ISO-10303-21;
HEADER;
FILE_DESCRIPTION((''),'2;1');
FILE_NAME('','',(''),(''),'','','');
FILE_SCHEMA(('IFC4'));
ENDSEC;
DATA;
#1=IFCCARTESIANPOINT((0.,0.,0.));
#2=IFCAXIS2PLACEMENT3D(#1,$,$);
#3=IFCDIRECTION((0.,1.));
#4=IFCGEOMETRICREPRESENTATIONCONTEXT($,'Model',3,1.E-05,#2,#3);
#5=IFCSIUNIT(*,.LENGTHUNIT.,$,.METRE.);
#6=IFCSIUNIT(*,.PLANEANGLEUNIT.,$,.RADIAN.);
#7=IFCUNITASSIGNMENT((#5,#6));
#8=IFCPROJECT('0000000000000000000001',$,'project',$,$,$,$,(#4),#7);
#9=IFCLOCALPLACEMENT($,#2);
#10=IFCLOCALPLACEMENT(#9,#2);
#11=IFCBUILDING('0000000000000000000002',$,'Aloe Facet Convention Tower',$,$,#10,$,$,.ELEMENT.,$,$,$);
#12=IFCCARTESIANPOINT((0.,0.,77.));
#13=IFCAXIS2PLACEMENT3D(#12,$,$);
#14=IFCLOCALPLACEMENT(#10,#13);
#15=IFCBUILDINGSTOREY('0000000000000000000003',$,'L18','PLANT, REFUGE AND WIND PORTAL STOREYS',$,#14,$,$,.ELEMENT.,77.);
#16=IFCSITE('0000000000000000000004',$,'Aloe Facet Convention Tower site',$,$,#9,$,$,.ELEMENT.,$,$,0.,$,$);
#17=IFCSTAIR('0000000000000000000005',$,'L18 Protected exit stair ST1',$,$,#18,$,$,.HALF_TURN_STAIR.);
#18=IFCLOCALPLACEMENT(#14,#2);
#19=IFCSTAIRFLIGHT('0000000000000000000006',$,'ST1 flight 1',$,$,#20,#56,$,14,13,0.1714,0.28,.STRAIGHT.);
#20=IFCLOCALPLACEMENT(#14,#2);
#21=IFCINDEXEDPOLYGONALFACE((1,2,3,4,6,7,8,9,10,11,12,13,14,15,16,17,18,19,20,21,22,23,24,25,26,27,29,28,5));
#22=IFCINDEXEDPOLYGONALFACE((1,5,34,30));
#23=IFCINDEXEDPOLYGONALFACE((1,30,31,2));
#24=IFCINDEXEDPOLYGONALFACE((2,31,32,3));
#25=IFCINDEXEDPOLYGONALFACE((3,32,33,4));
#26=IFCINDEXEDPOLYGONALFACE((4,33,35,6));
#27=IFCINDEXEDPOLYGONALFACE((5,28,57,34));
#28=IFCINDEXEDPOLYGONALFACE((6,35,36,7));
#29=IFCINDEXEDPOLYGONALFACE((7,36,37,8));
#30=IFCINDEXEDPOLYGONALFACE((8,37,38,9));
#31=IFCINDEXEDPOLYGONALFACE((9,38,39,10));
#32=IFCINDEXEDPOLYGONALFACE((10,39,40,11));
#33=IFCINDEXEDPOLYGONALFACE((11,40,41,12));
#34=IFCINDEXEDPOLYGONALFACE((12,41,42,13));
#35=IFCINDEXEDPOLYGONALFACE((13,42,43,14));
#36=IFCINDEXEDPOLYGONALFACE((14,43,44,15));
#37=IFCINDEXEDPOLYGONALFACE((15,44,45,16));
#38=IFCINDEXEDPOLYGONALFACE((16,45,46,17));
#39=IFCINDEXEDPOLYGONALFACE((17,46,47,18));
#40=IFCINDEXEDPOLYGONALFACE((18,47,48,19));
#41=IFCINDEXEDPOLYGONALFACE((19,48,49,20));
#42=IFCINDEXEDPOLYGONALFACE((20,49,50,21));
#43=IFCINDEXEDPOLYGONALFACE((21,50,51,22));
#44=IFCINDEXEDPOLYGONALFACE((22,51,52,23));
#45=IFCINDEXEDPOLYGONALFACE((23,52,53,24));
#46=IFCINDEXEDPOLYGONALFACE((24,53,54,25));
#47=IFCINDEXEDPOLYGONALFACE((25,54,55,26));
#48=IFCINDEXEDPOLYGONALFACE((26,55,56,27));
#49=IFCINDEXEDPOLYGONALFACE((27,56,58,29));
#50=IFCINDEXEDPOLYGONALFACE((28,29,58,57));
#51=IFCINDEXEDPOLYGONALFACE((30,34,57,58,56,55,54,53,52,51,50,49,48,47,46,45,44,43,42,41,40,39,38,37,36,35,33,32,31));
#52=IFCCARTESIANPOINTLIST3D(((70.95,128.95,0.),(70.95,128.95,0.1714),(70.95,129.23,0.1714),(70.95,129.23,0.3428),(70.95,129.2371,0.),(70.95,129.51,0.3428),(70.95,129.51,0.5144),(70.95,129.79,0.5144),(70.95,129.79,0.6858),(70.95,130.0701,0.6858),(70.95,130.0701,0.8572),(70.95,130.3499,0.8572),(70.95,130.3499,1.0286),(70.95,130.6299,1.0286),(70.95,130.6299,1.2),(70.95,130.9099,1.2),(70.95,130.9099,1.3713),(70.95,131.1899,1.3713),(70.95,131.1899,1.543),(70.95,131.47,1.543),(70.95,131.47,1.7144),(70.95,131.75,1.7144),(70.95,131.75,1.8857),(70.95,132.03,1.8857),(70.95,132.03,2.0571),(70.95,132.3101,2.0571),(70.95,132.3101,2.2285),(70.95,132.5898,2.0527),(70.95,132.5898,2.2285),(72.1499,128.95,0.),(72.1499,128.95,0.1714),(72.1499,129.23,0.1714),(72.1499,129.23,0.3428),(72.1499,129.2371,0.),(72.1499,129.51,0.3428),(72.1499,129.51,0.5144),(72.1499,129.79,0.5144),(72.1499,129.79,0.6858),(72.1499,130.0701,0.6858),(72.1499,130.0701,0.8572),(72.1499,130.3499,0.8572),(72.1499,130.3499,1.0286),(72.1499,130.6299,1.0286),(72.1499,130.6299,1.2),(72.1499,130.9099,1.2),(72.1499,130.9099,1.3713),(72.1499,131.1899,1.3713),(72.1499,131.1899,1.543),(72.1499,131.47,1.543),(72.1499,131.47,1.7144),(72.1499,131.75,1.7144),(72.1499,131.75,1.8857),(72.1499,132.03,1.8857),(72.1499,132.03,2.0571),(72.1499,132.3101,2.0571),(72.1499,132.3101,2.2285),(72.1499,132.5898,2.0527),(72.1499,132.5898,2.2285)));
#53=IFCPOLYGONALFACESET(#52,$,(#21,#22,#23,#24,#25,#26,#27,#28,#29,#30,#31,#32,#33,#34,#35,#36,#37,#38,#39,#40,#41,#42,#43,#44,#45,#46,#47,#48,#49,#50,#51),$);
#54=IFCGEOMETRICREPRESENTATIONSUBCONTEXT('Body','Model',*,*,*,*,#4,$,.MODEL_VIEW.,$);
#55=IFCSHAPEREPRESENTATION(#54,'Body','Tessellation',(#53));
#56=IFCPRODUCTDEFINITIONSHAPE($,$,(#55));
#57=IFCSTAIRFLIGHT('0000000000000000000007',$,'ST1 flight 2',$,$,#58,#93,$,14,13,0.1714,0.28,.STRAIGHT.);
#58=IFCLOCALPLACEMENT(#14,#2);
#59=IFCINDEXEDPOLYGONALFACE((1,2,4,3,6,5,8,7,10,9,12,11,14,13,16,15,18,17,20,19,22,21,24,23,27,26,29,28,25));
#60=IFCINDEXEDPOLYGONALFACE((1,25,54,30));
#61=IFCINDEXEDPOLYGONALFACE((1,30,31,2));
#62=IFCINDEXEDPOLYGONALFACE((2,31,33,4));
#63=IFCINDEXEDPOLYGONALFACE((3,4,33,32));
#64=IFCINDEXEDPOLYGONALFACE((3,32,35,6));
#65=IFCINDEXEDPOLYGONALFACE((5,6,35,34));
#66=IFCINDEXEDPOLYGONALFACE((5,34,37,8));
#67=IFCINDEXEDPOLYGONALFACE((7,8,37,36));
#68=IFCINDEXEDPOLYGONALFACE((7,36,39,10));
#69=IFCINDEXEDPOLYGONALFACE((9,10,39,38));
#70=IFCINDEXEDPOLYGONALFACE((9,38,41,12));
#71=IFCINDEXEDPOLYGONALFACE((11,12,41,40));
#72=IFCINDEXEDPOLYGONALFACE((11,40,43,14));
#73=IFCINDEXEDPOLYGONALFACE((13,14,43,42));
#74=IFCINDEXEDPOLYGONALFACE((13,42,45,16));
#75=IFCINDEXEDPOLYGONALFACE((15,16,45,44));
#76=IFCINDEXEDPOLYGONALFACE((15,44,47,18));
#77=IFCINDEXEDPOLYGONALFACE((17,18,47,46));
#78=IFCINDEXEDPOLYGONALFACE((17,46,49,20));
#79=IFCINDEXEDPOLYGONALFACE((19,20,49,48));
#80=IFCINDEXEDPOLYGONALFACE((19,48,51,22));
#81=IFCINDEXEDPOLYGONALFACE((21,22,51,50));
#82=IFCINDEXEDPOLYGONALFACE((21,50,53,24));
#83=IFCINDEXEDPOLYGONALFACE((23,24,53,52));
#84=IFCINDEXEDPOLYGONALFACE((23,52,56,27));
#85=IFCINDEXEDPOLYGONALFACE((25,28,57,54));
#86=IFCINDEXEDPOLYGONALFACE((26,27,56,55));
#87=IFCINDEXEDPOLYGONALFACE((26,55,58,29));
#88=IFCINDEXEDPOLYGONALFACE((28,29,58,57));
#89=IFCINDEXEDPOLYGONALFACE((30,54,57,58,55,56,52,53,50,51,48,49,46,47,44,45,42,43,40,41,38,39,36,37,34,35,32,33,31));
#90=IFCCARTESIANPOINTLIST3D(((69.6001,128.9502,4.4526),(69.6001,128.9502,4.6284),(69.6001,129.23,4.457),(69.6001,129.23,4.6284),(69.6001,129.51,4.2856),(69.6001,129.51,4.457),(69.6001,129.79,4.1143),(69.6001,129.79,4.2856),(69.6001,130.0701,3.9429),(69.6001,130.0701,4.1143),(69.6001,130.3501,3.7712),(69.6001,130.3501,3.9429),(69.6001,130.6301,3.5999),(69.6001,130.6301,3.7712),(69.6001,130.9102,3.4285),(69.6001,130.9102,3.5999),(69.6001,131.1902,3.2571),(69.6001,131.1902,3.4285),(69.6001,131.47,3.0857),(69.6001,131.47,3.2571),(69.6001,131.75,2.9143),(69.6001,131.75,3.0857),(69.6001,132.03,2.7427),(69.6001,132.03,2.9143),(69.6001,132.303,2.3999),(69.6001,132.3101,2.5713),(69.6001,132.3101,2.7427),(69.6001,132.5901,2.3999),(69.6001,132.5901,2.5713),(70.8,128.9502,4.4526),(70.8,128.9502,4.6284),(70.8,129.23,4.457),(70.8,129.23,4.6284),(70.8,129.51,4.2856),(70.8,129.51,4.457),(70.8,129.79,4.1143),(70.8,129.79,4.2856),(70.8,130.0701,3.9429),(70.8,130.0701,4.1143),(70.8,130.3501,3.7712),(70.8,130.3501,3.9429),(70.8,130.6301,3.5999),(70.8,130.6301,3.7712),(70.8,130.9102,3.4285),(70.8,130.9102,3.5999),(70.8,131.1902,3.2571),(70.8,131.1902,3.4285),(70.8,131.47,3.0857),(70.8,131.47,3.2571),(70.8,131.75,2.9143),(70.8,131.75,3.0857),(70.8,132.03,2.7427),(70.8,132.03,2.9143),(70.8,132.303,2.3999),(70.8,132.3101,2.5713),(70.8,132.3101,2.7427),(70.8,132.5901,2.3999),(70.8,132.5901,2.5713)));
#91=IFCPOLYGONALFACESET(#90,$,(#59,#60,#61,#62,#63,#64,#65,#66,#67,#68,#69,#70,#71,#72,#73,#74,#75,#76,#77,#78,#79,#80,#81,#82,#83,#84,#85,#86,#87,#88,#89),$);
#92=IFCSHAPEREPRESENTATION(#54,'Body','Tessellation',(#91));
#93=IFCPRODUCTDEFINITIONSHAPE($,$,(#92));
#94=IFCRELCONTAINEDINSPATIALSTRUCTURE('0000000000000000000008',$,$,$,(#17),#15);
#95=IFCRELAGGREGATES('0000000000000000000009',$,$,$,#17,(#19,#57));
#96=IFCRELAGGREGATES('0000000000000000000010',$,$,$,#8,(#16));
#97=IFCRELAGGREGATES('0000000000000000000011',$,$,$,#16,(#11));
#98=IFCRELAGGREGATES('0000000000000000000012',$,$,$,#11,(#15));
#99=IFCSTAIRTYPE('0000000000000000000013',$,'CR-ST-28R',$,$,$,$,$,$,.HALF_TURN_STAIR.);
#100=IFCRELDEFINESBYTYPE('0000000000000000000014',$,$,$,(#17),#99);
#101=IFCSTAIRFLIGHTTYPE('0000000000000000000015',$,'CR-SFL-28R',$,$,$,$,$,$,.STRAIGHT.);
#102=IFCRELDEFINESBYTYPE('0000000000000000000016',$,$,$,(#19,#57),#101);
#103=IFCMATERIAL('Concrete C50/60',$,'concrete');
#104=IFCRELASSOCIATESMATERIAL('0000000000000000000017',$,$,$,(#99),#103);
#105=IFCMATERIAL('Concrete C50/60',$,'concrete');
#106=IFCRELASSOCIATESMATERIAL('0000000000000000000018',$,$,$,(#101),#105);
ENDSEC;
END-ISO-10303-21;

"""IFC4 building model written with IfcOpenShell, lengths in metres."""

from ifc_helpers import new_model, si_unit, direction, frame, origin, place, context, subcontext, project, spatial, polyline, outline, extrude, material, type_object, element, aggregate, save


model = new_model("IFC4")

# Units and contexts
model_context = context("Model", 3, precision=1e-05, world=origin(), true_north=direction((0.0, 1.0)))
body_context = subcontext(model_context, "Body", "Model", "MODEL_VIEW")
ifc_project = project(units=[si_unit("LENGTHUNIT", "METRE"), si_unit("PLANEANGLEUNIT", "RADIAN")], contexts=[model_context])

# Site, building, storey
site_placement = place(None, origin())
site = spatial("IfcSite", under=ifc_project, at=site_placement, Name="Aloe Facet Convention Tower site", CompositionType="ELEMENT", RefElevation=0.0)
building_placement = place(site_placement, origin())
building = spatial("IfcBuilding", under=site, at=building_placement, Name="Aloe Facet Convention Tower", CompositionType="ELEMENT")
storey_placement = place(building_placement, frame((0.0, 0.0, 77.0)))
storey = spatial("IfcBuildingStorey", under=building, at=storey_placement, Name="L18", Description="PLANT, REFUGE AND WIND PORTAL STOREYS", CompositionType="ELEMENT", Elevation=77.0)

# Stair, stair flights
ifc_material_1 = material(Name="Concrete C50/60", Category="concrete")
stair_type = type_object("IfcStairType", Name="CR-ST-28R", PredefinedType="HALF_TURN_STAIR", material=ifc_material_1)
stair_placement = place(storey_placement, origin())
stair = element("IfcStair", 1, at=stair_placement, inside=storey, type_object=stair_type, Name="L18 Protected exit stair ST1", PredefinedType="HALF_TURN_STAIR")
ifc_material_2 = material(Name="Concrete C50/60", Category="concrete")
stair_flight_type = type_object("IfcStairFlightType", Name="CR-SFL-28R", PredefinedType="STRAIGHT", material=ifc_material_2)
stair_flight_1_placement = place(storey_placement, frame((71.55, 128.95, 0.0), z_axis=(0.0, 0.0, 1.0), x_axis=(0.0, 1.0, 0.0)))
stair_flight_1 = element("IfcStairFlight", 2, at=stair_flight_1_placement, type_object=stair_flight_type, Name="ST1 flight 1", NumberOfRisers=14, NumberOfTreads=13, PredefinedType="STRAIGHT", RiserHeight=0.1714, TreadLength=0.28, context=body_context, shape_type="SweptSolid", body=[
    extrude(outline(polyline([(0.0, 0.0), (0.0, 0.1714), (0.28, 0.1714), (0.28, 0.3428), (0.5601, 0.3428), (0.5601, 0.5144), (0.8401, 0.5144), (0.8401, 0.6858), (1.1201, 0.6858), (1.1201, 0.8572), (1.3999, 0.8572), (1.3999, 1.0286), (1.6799, 1.0286), (1.6799, 1.2), (1.96, 1.2), (1.96, 1.3713), (2.24, 1.3713), (2.24, 1.543), (2.52, 1.543), (2.52, 1.7144), (2.8, 1.7144), (2.8, 1.8857), (3.0801, 1.8857), (3.0801, 2.0571), (3.3601, 2.0571), (3.3601, 2.2285), (3.6399, 2.2285), (3.6399, 2.3999), (3.6399, 2.0527), (0.2871, 0.0), (0.0, 0.0)])), frame((0.0, 0.6001, 0.0), z_axis=(0.0, -1.0, 0.0), x_axis=(1.0, 0.0, 0.0)), (0.0, 0.0, 1.0), 1.2),
])
stair_flight_2_placement = place(storey_placement, frame((70.2, 132.5901, 2.3999), z_axis=(0.0, 0.0, 1.0), x_axis=(0.0, -1.0, 0.0)))
stair_flight_2 = element("IfcStairFlight", 3, at=stair_flight_2_placement, type_object=stair_flight_type, Name="ST1 flight 2", NumberOfRisers=14, NumberOfTreads=13, PredefinedType="STRAIGHT", RiserHeight=0.1714, TreadLength=0.28, context=body_context, shape_type="SweptSolid", body=[
    extrude(outline(polyline([(0.0, 0.0), (0.0, 0.1714), (0.28, 0.1714), (0.28, 0.3428), (0.5601, 0.3428), (0.5601, 0.5144), (0.8401, 0.5144), (0.8401, 0.6858), (1.1201, 0.6858), (1.1201, 0.8572), (1.3999, 0.8572), (1.3999, 1.0286), (1.6799, 1.0286), (1.6799, 1.2), (1.96, 1.2), (1.96, 1.3713), (2.24, 1.3713), (2.24, 1.543), (2.52, 1.543), (2.52, 1.7144), (2.8, 1.7144), (2.8, 1.8857), (3.0801, 1.8857), (3.0801, 2.0571), (3.3601, 2.0571), (3.3601, 2.2285), (3.6399, 2.2285), (3.6399, 2.3999), (3.6399, 2.0527), (0.2871, 0.0), (0.0, 0.0)])), frame((0.0, 0.6001, 0.0), z_axis=(0.0, -1.0, 0.0), x_axis=(1.0, 0.0, 0.0)), (0.0, 0.0, 1.0), 1.2),
])
aggregate(stair, [stair_flight_1, stair_flight_2])

save(model, "model.ifc")
